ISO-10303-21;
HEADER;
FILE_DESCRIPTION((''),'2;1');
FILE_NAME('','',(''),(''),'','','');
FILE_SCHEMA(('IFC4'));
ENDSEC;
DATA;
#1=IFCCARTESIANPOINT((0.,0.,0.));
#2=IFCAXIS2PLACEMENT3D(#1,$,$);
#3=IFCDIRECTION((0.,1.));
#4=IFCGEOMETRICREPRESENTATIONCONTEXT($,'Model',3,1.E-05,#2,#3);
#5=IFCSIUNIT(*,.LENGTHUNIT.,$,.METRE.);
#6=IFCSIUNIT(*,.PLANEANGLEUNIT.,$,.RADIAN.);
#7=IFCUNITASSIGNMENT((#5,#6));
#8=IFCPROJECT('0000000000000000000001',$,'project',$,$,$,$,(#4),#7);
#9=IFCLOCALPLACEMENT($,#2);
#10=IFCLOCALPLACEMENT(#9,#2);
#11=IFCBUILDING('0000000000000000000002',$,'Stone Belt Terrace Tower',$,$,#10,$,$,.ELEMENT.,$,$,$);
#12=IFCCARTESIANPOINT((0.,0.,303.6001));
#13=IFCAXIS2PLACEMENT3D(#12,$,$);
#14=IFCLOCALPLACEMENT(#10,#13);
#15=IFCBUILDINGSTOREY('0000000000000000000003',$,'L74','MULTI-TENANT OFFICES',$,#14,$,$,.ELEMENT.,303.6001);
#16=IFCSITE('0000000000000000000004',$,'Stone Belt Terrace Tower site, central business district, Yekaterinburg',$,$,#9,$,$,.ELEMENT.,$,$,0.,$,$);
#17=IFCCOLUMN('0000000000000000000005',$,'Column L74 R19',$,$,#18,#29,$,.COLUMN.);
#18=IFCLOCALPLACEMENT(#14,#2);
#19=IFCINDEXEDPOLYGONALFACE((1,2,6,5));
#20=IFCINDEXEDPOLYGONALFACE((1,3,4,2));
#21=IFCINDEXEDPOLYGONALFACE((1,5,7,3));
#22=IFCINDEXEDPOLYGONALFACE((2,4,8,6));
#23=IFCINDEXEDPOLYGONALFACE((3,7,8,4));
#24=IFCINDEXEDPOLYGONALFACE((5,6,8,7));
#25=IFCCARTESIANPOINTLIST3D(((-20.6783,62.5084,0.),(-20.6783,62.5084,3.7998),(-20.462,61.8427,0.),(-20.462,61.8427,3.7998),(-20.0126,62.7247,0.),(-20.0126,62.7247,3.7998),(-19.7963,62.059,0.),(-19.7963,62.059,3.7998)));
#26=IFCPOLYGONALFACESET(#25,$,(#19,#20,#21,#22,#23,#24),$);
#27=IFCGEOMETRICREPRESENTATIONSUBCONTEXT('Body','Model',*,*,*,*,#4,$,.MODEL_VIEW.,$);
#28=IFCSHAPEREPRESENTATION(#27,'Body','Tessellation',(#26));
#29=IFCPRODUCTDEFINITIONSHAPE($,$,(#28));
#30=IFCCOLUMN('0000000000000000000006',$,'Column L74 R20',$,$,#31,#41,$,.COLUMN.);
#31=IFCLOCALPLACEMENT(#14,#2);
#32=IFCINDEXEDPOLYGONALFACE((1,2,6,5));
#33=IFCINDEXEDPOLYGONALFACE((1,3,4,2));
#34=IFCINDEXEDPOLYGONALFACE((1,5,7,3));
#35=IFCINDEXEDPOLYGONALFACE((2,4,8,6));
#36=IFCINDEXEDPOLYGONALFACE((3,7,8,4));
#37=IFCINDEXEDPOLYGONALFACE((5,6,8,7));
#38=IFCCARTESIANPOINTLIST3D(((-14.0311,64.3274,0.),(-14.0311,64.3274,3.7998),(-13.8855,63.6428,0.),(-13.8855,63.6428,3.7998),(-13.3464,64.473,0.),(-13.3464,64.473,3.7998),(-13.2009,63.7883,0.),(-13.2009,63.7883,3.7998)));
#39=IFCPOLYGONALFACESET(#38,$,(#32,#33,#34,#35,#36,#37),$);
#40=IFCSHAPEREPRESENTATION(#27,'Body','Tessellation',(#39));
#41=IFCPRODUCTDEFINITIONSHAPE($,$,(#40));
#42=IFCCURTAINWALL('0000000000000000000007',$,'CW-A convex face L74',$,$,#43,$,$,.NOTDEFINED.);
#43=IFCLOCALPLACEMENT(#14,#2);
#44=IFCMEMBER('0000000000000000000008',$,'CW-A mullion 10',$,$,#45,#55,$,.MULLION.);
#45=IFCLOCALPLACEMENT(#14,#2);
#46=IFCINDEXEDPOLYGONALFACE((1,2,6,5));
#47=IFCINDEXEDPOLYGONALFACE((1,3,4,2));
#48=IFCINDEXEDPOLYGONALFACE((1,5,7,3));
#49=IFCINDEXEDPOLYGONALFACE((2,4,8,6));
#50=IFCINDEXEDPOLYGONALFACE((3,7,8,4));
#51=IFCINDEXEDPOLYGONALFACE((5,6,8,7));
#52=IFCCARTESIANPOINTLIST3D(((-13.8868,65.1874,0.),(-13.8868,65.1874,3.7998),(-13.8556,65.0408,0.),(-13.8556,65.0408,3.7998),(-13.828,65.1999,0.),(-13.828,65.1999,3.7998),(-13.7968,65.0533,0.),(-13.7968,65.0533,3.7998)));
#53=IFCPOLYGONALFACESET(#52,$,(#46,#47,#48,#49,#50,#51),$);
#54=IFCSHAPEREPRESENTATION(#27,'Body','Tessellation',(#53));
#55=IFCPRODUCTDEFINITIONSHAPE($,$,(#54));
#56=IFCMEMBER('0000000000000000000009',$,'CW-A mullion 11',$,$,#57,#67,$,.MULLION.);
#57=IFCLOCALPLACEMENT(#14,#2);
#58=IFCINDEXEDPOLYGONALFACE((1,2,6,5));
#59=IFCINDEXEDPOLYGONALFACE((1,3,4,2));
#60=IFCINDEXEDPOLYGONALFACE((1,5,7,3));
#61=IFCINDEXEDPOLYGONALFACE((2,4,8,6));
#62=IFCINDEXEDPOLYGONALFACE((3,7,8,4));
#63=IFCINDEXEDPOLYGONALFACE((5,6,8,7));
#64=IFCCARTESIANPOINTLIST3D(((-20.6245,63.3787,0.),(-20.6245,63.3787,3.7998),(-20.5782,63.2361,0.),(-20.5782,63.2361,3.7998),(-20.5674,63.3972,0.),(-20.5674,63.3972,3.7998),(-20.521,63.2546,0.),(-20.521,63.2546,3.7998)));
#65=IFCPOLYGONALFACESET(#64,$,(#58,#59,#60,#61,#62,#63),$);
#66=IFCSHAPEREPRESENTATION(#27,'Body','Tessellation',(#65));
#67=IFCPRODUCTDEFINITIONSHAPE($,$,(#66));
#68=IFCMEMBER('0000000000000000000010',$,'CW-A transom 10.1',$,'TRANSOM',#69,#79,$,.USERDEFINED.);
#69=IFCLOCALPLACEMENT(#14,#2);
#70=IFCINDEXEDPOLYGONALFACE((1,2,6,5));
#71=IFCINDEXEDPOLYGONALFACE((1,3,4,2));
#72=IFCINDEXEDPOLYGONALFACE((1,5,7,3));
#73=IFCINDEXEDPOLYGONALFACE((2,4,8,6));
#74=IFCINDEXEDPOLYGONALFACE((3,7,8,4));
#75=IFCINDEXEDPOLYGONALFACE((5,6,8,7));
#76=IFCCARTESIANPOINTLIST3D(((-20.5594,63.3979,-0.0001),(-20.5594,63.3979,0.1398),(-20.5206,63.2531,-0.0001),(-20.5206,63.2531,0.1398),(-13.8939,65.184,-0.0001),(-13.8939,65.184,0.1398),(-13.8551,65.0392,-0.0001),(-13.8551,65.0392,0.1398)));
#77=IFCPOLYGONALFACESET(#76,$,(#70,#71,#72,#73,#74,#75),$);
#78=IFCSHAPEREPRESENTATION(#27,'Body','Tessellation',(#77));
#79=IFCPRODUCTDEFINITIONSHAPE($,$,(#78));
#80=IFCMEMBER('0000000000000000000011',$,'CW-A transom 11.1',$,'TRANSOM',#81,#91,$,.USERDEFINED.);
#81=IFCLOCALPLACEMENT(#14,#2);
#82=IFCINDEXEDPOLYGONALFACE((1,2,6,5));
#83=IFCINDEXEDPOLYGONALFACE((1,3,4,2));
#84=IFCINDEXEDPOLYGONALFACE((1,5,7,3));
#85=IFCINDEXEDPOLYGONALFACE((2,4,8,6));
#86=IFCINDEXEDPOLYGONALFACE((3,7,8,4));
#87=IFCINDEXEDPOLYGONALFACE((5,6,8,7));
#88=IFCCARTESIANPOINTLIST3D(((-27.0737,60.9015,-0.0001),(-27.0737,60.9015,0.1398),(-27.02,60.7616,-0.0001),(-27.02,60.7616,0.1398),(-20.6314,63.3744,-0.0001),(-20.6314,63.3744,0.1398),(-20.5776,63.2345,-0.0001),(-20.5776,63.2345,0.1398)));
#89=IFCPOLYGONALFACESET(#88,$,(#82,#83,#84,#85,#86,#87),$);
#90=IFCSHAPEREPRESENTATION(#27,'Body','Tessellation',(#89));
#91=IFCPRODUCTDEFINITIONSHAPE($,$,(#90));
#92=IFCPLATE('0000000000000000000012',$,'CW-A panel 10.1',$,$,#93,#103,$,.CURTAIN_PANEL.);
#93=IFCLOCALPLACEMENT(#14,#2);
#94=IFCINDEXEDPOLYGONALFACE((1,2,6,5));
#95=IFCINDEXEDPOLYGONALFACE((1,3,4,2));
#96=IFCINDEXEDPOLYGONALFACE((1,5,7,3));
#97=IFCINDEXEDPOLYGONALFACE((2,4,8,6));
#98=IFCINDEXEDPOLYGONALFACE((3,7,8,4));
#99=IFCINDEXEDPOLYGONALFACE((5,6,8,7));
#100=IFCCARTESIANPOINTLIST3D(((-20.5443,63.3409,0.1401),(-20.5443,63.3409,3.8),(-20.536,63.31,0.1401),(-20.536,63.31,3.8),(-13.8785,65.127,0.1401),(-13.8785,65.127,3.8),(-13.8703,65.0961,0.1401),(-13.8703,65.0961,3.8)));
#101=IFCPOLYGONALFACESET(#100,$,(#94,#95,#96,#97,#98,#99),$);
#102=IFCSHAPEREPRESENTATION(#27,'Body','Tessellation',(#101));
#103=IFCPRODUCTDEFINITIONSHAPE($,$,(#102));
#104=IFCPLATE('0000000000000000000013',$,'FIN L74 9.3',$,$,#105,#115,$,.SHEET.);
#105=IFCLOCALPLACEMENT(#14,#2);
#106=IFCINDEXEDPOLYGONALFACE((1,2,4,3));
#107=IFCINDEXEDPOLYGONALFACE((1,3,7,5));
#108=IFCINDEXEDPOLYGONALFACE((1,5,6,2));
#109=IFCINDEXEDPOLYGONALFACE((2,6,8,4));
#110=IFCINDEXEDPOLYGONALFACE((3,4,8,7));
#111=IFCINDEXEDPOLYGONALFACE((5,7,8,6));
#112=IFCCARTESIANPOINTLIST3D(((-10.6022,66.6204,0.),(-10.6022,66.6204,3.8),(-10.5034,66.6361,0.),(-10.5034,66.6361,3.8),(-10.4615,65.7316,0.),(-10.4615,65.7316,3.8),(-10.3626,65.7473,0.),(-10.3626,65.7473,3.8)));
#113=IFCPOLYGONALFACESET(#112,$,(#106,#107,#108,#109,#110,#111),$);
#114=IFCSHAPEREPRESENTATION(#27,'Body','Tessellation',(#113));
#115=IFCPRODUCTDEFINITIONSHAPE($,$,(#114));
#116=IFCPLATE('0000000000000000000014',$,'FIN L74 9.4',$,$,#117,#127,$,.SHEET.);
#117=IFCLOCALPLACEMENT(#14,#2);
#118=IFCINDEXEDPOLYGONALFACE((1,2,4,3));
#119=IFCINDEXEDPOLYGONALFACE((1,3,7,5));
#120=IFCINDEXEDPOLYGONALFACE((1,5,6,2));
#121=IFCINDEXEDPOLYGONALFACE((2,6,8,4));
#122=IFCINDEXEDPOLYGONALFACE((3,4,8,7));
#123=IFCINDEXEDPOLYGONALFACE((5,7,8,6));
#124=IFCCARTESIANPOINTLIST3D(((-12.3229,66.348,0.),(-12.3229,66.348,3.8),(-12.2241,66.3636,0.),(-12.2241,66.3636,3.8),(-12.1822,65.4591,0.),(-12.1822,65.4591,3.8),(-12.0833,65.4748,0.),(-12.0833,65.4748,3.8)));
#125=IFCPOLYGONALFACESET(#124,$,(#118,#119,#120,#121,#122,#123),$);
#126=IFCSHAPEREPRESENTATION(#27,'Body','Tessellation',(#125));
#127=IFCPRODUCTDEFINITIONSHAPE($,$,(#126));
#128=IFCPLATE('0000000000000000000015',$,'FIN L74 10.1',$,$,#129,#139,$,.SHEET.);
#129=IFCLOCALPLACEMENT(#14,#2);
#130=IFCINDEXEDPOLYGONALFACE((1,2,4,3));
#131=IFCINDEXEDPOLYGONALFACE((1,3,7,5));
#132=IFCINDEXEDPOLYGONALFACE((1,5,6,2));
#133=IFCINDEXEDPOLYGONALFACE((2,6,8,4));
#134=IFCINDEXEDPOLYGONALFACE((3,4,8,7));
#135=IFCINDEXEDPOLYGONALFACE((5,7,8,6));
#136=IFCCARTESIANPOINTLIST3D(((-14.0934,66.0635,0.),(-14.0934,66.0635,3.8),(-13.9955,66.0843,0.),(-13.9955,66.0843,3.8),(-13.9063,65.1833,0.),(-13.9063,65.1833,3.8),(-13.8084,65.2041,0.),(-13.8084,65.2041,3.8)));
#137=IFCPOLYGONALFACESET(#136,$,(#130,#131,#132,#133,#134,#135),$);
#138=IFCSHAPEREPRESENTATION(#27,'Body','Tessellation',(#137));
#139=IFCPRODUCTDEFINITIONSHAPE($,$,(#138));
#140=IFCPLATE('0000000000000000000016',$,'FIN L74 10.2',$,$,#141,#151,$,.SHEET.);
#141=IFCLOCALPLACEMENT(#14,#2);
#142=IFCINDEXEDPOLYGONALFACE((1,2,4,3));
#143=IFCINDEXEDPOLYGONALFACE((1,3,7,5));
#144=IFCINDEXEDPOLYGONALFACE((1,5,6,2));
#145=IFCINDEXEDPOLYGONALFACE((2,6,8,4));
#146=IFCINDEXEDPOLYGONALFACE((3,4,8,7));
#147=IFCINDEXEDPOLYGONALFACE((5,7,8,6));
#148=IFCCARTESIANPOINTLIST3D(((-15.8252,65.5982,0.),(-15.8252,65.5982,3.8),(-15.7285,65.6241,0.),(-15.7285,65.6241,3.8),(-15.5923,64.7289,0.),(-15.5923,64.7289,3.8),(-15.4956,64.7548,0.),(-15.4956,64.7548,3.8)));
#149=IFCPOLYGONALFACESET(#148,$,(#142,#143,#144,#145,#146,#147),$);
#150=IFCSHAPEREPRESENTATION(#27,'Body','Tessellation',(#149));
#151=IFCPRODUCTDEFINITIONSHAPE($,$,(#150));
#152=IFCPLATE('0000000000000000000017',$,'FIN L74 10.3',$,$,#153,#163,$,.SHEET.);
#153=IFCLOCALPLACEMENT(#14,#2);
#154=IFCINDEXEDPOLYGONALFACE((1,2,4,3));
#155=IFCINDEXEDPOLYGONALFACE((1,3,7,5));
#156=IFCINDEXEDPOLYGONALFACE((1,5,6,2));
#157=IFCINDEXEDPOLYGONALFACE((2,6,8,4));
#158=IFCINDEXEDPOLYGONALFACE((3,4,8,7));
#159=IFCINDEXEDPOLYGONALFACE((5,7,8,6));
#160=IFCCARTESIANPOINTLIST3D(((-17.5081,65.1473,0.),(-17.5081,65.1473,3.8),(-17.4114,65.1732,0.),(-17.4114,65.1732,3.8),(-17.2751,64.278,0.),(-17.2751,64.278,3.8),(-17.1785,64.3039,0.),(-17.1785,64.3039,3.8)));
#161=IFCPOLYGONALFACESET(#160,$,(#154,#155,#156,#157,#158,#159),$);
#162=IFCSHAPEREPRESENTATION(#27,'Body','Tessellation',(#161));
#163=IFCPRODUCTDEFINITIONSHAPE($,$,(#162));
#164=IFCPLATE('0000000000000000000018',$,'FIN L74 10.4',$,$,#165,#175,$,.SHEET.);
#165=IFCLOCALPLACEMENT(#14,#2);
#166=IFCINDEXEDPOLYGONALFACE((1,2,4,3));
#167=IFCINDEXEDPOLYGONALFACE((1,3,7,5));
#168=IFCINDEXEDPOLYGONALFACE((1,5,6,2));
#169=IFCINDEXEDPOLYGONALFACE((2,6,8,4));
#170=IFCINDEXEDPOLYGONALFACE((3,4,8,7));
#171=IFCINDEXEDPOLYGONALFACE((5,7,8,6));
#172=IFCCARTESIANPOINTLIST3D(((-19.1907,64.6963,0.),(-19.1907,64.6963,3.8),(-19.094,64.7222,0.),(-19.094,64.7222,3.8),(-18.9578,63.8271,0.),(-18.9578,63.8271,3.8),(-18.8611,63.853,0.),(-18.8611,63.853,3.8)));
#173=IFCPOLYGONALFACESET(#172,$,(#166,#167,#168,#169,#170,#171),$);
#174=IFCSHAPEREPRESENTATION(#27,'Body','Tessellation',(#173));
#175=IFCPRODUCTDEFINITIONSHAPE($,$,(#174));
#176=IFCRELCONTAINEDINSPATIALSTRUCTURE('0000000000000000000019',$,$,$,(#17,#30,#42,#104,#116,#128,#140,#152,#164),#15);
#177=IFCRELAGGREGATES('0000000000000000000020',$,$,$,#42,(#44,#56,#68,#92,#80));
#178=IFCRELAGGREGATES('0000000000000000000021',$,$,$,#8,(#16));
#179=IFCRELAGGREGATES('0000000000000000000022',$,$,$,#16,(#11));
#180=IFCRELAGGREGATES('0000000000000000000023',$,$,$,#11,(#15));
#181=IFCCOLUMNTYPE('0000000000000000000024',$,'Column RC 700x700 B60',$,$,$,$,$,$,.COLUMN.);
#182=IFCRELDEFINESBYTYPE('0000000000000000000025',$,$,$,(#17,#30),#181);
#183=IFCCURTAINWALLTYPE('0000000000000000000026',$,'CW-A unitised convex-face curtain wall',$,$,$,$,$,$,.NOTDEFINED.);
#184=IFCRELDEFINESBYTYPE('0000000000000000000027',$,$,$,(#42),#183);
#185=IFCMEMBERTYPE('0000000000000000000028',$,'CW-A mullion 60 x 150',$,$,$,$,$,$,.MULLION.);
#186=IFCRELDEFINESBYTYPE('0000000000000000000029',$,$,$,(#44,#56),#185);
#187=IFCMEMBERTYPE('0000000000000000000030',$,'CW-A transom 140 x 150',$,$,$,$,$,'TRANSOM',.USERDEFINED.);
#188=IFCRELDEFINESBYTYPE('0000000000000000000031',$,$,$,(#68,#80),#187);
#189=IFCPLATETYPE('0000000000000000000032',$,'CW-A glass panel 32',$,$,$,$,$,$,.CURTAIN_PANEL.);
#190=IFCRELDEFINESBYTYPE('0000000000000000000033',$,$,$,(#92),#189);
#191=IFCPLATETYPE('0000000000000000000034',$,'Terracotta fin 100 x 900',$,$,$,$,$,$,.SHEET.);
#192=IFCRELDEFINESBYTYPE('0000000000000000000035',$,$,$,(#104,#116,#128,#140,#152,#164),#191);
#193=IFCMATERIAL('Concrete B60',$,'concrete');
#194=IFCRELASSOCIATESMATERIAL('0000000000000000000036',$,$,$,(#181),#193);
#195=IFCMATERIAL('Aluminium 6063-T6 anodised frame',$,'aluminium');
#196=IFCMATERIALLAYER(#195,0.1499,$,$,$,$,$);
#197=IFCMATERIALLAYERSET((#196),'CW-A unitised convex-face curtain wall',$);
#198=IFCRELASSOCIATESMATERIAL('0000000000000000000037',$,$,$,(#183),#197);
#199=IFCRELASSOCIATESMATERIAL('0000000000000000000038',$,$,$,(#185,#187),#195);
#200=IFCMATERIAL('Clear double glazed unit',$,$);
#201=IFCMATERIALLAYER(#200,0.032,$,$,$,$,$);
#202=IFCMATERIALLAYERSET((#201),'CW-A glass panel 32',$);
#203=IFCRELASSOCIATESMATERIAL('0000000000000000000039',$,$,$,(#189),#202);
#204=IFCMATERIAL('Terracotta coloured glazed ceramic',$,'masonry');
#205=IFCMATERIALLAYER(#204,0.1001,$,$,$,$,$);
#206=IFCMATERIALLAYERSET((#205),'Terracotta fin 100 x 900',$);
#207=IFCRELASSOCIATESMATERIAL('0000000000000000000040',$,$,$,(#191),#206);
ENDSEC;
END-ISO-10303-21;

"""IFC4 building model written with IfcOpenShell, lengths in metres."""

from ifc_helpers import new_model, si_unit, direction, frame, origin, origin_2d, place, context, subcontext, project, spatial, rectangle, extrude, material, layer, layer_set, material_profile, profile_set, type_object, element, aggregate, save


model = new_model("IFC4")

# Units and contexts
model_context = context("Model", 3, precision=1e-05, world=origin(), true_north=direction((0.0, 1.0)))
body_context = subcontext(model_context, "Body", "Model", "MODEL_VIEW")
ifc_project = project(units=[si_unit("LENGTHUNIT", "METRE"), si_unit("PLANEANGLEUNIT", "RADIAN")], contexts=[model_context])

# Site, building, storey
site_placement = place(None, origin())
site = spatial("IfcSite", under=ifc_project, at=site_placement, Name="Stone Belt Terrace Tower site, central business district, Yekaterinburg", CompositionType="ELEMENT", RefElevation=0.0)
building_placement = place(site_placement, origin())
building = spatial("IfcBuilding", under=site, at=building_placement, Name="Stone Belt Terrace Tower", CompositionType="ELEMENT")
storey_placement = place(building_placement, frame((0.0, 0.0, 303.6001)))
storey = spatial("IfcBuildingStorey", under=building, at=storey_placement, Name="L74", Description="MULTI-TENANT OFFICES", CompositionType="ELEMENT", Elevation=303.6001)

# Columns
ifc_material_1 = material(Name="Concrete B60", Category="concrete")
ifc_material_profile_1 = material_profile(ifc_material_1, rectangle(XDim=0.7, YDim=0.7, at=origin_2d()), Name="RC 700x700")
ifc_profile_set_1 = profile_set([ifc_material_profile_1], Name="Concrete B60")
column_type = type_object("IfcColumnType", Name="Column RC 700x700 B60", PredefinedType="COLUMN", material=ifc_profile_set_1)
for number, where, z_axis, x_axis, name in (
    (1, (-20.2373, 62.2837, 0.0), (0.0, 0.0, 1.0), (0.951057, 0.309017, 0.0), "Column L74 R19"),
    (2, (-13.616, 64.0579, 0.0), (0.0, 0.0, 1.0), (0.978148, 0.207912, 0.0), "Column L74 R20"),
):
    element("IfcColumn", number, at=place(storey_placement, frame(where, z_axis=z_axis, x_axis=x_axis)), inside=storey, type_object=column_type, Name=name, PredefinedType="COLUMN", context=body_context, shape_type="SweptSolid", body=[
        extrude(rectangle(XDim=0.7, YDim=0.7, at=origin_2d()), origin(), (0.0, 0.0, 1.0), 3.7998),
    ])

# Curtain wall, members, plate
ifc_material_2 = material(Name="Aluminium 6063-T6 anodised frame", Category="aluminium")
ifc_layer_1 = layer(ifc_material_2, 0.1499)
ifc_layer_set_1 = layer_set([ifc_layer_1], Name="CW-A unitised convex-face curtain wall")
curtain_wall_type = type_object("IfcCurtainWallType", Name="CW-A unitised convex-face curtain wall", PredefinedType="NOTDEFINED", material=ifc_layer_set_1)
curtain_wall_placement = place(storey_placement, origin())
curtain_wall = element("IfcCurtainWall", 3, at=curtain_wall_placement, inside=storey, type_object=curtain_wall_type, Name="CW-A convex face L74", PredefinedType="NOTDEFINED")
ifc_material_profile_2 = material_profile(ifc_material_2, rectangle(XDim=0.1499, YDim=0.0601, at=origin_2d()), Name="Aluminium 6063-T6 60x150")
ifc_profile_set_2 = profile_set([ifc_material_profile_2], Name="Aluminium 6063-T6 anodised frame")
member_type_1 = type_object("IfcMemberType", Name="CW-A mullion 60 x 150", PredefinedType="MULLION", material=ifc_profile_set_2)
member_1_placement = place(storey_placement, frame((-13.8418, 65.1204, 0.0), z_axis=(0.0, 0.0, 1.0), x_axis=(0.207912, -0.978148, 0.0)))
member_1 = element("IfcMember", 4, at=member_1_placement, type_object=member_type_1, Name="CW-A mullion 10", PredefinedType="MULLION", context=body_context, shape_type="SweptSolid", body=[
    extrude(rectangle(XDim=0.1499, YDim=0.0601, at=origin_2d()), origin(), (0.0, 0.0, 1.0), 3.7998),
])
member_2_placement = place(storey_placement, frame((-20.5728, 63.3167, 0.0), z_axis=(0.0, 0.0, 1.0), x_axis=(0.309017, -0.951057, 0.0)))
member_2 = element("IfcMember", 5, at=member_2_placement, type_object=member_type_1, Name="CW-A mullion 11", PredefinedType="MULLION", context=body_context, shape_type="SweptSolid", body=[
    extrude(rectangle(XDim=0.1499, YDim=0.0601, at=origin_2d()), origin(), (0.0, 0.0, 1.0), 3.7998),
])
ifc_material_profile_3 = material_profile(ifc_material_2, rectangle(XDim=0.1499, YDim=0.1399, at=origin_2d()), Name="Aluminium 6063-T6 150x140")
ifc_profile_set_3 = profile_set([ifc_material_profile_3], Name="Aluminium 6063-T6 anodised frame")
member_type_2 = type_object("IfcMemberType", Name="CW-A transom 140 x 150", ElementType="TRANSOM", PredefinedType="USERDEFINED", material=ifc_profile_set_3)
member_3_placement = place(storey_placement, frame((-13.8745, 65.1116, 0.0698), z_axis=(-0.965922, -0.258834, 0.0), x_axis=(0.258834, -0.965922, 0.0)))
member_3 = element("IfcMember", 6, at=member_3_placement, type_object=member_type_2, Name="CW-A transom 10.1", ObjectType="TRANSOM", PredefinedType="USERDEFINED", context=body_context, shape_type="SweptSolid", body=[
    extrude(rectangle(XDim=0.1499, YDim=0.1399, at=origin_2d()), origin(), (0.0, 0.0, 1.0), 6.9006),
])
member_4_placement = place(storey_placement, frame((-20.6045, 63.3044, 0.0698), z_axis=(-0.933585, -0.358355, 0.0), x_axis=(0.358355, -0.933585, 0.0)))
member_4 = element("IfcMember", 7, at=member_4_placement, type_object=member_type_2, Name="CW-A transom 11.1", ObjectType="TRANSOM", PredefinedType="USERDEFINED", context=body_context, shape_type="SweptSolid", body=[
    extrude(rectangle(XDim=0.1499, YDim=0.1399, at=origin_2d()), origin(), (0.0, 0.0, 1.0), 6.9006),
])
ifc_material_3 = material(Name="Clear double glazed unit")
ifc_layer_2 = layer(ifc_material_3, 0.032)
ifc_layer_set_2 = layer_set([ifc_layer_2], Name="CW-A glass panel 32")
plate_type_1 = type_object("IfcPlateType", Name="CW-A glass panel 32", PredefinedType="CURTAIN_PANEL", material=ifc_layer_set_2)
plate_placement = place(storey_placement, frame((-17.2073, 64.2185, 0.1401), z_axis=(0.0, 0.0, 1.0), x_axis=(-0.965926, -0.258819, 0.0)))
plate = element("IfcPlate", 8, at=plate_placement, type_object=plate_type_1, Name="CW-A panel 10.1", PredefinedType="CURTAIN_PANEL", context=body_context, shape_type="SweptSolid", body=[
    extrude(rectangle(XDim=6.9009, YDim=0.032, at=origin_2d()), origin(), (0.0, 0.0, 1.0), 3.6599),
])
aggregate(curtain_wall, [member_1, member_2, member_3, plate, member_4])

# Plates
ifc_material_4 = material(Name="Terracotta coloured glazed ceramic", Category="masonry")
ifc_layer_3 = layer(ifc_material_4, 0.1001)
ifc_layer_set_3 = layer_set([ifc_layer_3], Name="Terracotta fin 100 x 900")
plate_type_2 = type_object("IfcPlateType", Name="Terracotta fin 100 x 900", PredefinedType="SHEET", material=ifc_layer_set_3)
for number, where, z_axis, x_axis, name in (
    (9, (-10.4824, 66.1838, 0.0), (0.0, 0.0, 1.0), (-0.156434, 0.987688, 0.0), "FIN L74 9.3"),
    (10, (-12.2031, 65.9114, 0.0), (0.0, 0.0, 1.0), (-0.156434, 0.987688, 0.0), "FIN L74 9.4"),
    (11, (-13.9509, 65.6338, 0.0), (0.0, 0.0, 1.0), (-0.207912, 0.978148, 0.0), "FIN L74 10.1"),
    (12, (-15.6604, 65.1765, 0.0), (0.0, 0.0, 1.0), (-0.258819, 0.965926, 0.0), "FIN L74 10.2"),
    (13, (-17.3433, 64.7256, 0.0), (0.0, 0.0, 1.0), (-0.258819, 0.965926, 0.0), "FIN L74 10.3"),
    (14, (-19.0259, 64.2747, 0.0), (0.0, 0.0, 1.0), (-0.258819, 0.965926, 0.0), "FIN L74 10.4"),
):
    element("IfcPlate", number, at=place(storey_placement, frame(where, z_axis=z_axis, x_axis=x_axis)), inside=storey, type_object=plate_type_2, Name=name, PredefinedType="SHEET", context=body_context, shape_type="SweptSolid", body=[
        extrude(rectangle(XDim=0.8999, YDim=0.1001, at=origin_2d()), origin(), (0.0, 0.0, 1.0), 3.8),
    ])

save(model, "model.ifc")
